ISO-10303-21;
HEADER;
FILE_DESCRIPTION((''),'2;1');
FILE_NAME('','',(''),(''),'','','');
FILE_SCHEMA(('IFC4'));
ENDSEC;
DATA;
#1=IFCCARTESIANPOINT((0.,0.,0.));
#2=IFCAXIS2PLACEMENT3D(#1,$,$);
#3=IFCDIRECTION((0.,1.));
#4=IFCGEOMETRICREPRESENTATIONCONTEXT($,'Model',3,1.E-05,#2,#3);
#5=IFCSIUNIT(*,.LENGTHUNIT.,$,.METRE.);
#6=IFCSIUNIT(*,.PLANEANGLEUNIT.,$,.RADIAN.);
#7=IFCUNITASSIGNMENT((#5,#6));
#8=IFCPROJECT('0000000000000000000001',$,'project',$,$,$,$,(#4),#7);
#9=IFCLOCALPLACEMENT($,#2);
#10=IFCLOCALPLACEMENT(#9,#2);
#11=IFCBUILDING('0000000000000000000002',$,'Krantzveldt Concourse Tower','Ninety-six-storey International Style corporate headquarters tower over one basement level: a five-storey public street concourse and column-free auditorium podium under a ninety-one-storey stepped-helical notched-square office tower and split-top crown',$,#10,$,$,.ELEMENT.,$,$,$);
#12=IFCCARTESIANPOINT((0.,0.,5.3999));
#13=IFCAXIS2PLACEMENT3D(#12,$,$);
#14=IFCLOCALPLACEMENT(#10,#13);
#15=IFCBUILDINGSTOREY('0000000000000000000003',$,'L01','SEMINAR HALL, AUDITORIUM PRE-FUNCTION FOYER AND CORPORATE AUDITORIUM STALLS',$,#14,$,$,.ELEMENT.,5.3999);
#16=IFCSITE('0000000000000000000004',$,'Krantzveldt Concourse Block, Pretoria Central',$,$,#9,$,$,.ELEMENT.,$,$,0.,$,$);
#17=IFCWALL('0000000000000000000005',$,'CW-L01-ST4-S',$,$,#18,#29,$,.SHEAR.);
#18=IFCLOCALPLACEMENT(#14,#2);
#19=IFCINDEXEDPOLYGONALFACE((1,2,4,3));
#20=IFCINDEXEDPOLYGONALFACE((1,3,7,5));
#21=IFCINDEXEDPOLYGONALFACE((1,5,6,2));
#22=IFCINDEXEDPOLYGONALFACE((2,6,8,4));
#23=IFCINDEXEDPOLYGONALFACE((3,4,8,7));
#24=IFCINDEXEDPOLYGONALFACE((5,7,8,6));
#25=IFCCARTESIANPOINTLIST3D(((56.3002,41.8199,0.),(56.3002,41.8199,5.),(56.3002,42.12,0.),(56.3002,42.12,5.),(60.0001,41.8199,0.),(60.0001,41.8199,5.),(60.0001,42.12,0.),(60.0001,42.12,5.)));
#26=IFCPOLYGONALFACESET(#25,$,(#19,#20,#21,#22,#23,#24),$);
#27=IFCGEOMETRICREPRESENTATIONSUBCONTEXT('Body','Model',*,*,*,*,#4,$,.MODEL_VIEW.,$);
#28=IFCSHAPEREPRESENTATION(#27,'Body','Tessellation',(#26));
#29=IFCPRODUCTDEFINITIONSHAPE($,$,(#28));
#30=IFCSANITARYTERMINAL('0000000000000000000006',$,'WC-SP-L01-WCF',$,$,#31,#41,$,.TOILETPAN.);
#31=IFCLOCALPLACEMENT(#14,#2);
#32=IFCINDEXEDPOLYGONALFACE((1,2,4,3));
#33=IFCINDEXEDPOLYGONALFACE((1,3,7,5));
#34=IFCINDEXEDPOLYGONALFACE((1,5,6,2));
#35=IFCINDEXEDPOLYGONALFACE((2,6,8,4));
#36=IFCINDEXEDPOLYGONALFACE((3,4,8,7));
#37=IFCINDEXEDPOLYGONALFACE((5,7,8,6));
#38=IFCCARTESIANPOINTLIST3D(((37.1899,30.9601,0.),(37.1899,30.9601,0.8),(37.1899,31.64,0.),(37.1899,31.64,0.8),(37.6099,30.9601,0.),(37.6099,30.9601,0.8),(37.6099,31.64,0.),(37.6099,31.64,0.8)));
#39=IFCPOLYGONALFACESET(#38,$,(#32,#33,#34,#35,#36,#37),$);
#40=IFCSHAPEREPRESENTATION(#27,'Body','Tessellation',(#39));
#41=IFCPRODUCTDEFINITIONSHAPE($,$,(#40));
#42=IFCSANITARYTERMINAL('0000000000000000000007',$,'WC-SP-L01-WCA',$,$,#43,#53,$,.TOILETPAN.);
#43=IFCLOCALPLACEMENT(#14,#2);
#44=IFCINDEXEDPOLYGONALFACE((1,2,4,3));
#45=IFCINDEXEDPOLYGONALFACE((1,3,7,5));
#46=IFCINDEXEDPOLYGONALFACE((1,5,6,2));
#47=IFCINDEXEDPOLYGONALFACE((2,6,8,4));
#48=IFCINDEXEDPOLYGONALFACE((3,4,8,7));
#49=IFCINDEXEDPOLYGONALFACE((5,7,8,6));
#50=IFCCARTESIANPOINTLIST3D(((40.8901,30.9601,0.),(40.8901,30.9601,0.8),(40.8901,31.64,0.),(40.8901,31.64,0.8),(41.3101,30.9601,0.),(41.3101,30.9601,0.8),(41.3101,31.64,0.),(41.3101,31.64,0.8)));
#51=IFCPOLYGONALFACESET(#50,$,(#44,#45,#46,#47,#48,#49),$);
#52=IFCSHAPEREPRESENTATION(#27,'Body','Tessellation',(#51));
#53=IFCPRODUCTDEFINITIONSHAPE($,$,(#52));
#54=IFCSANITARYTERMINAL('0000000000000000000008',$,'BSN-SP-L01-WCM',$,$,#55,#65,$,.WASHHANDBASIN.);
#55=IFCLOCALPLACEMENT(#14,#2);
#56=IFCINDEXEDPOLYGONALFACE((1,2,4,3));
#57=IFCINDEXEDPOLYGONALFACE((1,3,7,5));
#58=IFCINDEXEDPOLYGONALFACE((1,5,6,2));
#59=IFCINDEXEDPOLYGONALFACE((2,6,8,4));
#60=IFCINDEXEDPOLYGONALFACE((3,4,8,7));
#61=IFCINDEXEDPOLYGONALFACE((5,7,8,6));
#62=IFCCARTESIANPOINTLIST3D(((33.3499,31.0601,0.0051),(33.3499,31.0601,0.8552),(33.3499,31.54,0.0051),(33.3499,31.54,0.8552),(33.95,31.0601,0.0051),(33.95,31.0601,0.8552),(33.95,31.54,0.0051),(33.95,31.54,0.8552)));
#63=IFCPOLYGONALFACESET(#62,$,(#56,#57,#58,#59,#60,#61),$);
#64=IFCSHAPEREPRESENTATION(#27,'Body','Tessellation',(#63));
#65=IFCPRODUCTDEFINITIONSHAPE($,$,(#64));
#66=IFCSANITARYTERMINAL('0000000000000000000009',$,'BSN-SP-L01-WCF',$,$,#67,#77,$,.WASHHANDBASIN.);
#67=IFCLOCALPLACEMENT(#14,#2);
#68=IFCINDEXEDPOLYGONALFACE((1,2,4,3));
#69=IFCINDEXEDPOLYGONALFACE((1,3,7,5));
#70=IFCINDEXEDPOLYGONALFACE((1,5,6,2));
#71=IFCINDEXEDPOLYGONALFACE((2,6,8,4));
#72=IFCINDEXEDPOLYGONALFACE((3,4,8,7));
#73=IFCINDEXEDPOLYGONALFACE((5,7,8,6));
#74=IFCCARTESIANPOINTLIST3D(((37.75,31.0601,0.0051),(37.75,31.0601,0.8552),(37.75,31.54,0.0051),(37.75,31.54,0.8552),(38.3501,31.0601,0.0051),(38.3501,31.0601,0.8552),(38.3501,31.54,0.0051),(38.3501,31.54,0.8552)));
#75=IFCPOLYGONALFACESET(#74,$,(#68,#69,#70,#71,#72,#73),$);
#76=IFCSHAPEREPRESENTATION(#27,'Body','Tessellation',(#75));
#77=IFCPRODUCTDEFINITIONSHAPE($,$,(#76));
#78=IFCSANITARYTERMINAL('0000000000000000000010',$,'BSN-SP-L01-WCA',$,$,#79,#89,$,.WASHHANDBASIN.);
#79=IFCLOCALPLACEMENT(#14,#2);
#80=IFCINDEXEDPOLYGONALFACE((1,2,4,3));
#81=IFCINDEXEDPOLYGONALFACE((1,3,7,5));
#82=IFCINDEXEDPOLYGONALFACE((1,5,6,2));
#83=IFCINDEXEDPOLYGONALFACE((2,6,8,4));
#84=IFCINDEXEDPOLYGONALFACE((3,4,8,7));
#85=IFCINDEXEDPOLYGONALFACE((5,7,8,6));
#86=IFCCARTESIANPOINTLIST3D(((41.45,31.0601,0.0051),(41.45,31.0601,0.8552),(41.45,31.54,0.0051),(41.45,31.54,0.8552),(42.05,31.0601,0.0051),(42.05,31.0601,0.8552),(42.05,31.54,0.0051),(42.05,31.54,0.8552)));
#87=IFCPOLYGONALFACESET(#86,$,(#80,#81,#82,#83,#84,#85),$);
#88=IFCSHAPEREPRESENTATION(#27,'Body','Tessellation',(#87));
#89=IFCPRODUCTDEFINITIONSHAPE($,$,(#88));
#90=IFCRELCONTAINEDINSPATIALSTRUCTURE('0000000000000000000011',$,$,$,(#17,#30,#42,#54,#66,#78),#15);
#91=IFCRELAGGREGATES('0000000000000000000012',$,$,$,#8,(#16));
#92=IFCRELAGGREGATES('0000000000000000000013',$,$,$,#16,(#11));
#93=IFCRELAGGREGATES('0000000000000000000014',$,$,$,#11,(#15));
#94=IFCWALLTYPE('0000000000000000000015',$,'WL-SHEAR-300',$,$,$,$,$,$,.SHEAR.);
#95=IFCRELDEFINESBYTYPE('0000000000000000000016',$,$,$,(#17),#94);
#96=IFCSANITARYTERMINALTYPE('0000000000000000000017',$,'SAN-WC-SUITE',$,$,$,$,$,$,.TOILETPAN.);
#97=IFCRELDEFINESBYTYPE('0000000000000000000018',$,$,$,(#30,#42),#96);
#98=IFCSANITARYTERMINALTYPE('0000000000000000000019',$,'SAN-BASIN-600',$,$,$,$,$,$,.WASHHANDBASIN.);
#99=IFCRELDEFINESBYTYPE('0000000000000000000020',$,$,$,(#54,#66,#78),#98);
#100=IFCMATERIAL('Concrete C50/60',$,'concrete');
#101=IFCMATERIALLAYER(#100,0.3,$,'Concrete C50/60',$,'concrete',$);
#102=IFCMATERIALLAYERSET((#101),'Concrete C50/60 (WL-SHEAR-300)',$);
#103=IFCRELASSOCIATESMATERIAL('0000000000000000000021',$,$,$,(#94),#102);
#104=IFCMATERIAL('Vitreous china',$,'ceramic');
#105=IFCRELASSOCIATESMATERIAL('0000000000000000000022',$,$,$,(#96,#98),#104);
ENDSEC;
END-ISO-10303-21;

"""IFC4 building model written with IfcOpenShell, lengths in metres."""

from ifc_helpers import new_model, si_unit, direction, frame, frame_2d, origin, origin_2d, place, context, subcontext, project, spatial, rectangle, extrude, source, transform, mapped, material, layer, layer_set, type_object, type_shapes, element, save


model = new_model("IFC4")

# Units and contexts
model_context = context("Model", 3, precision=1e-05, world=origin(), true_north=direction((0.0, 1.0)))
body_context = subcontext(model_context, "Body", "Model", "MODEL_VIEW")
ifc_project = project(units=[si_unit("LENGTHUNIT", "METRE"), si_unit("PLANEANGLEUNIT", "RADIAN")], contexts=[model_context])

# Site, building, storey
site_placement = place(None, origin())
site = spatial("IfcSite", under=ifc_project, at=site_placement, Name="Krantzveldt Concourse Block, Pretoria Central", CompositionType="ELEMENT", RefElevation=0.0)
building_placement = place(site_placement, origin())
building = spatial("IfcBuilding", under=site, at=building_placement, Name="Krantzveldt Concourse Tower", Description="Ninety-six-storey International Style corporate headquarters tower over one basement level: a five-storey public street concourse and column-free auditorium podium under a ninety-one-storey stepped-helical notched-square office tower and split-top crown", CompositionType="ELEMENT")
storey_placement = place(building_placement, frame((0.0, 0.0, 5.3999)))
storey = spatial("IfcBuildingStorey", under=building, at=storey_placement, Name="L01", Description="SEMINAR HALL, AUDITORIUM PRE-FUNCTION FOYER AND CORPORATE AUDITORIUM STALLS", CompositionType="ELEMENT", Elevation=5.3999)

# Shared definitions
ifc_material_1 = material(Name="Concrete C50/60", Category="concrete")

# Wall
ifc_layer_1 = layer(ifc_material_1, 0.3, Name="Concrete C50/60", Category="concrete")
ifc_layer_set_1 = layer_set([ifc_layer_1], Name="Concrete C50/60 (WL-SHEAR-300)")
wall_type_1 = type_object("IfcWallType", Name="WL-SHEAR-300", PredefinedType="SHEAR", material=ifc_layer_set_1)
wall_1_placement = place(storey_placement, frame((56.3, 41.97, 0.0), z_axis=(0.0, 0.0, 1.0), x_axis=(1.0, 0.0, 0.0)))
element("IfcWall", 1, at=wall_1_placement, inside=storey, type_object=wall_type_1, Name="CW-L01-ST4-S", PredefinedType="SHEAR", context=body_context, shape_type="SweptSolid", body=[
    extrude(rectangle(XDim=3.7, YDim=0.3, at=frame_2d((1.8501, 0.0))), origin(), (0.0, 0.0, 1.0), 5.0),
])

# Sanitary terminals
ifc_material_2 = material(Name="Vitreous china", Category="ceramic")
sanitary_terminal_type_1 = type_object("IfcSanitaryTerminalType", Name="SAN-WC-SUITE", PredefinedType="TOILETPAN", material=ifc_material_2)
shared_shape_1 = source(origin(), body_context, "Body", "SweptSolid", [
    extrude(rectangle(XDim=0.4199, YDim=0.6799, at=origin_2d()), origin(), (0.0, 0.0, 1.0), 0.8),
])
type_shapes(sanitary_terminal_type_1, [shared_shape_1])
for number, where, z_axis, x_axis, name in (
    (2, (37.3999, 31.3, 0.0), (0.0, 0.0, 1.0), (1.0, 0.0, 0.0), "WC-SP-L01-WCF"),
    (3, (41.1001, 31.3, 0.0), (0.0, 0.0, 1.0), (1.0, 0.0, 0.0), "WC-SP-L01-WCA"),
):
    element("IfcSanitaryTerminal", number, at=place(storey_placement, frame(where, z_axis=z_axis, x_axis=x_axis)), inside=storey, type_object=sanitary_terminal_type_1, Name=name, PredefinedType="TOILETPAN", context=body_context, shape_type="MappedRepresentation", body=[
        mapped(shared_shape_1, transform((0.0, 0.0, 0.0), x_axis=(1.0, 0.0, 0.0), y_axis=(0.0, 1.0, 0.0), z_axis=(0.0, 0.0, 1.0), scale=1.0)),
    ])
sanitary_terminal_type_2 = type_object("IfcSanitaryTerminalType", Name="SAN-BASIN-600", PredefinedType="WASHHANDBASIN", material=ifc_material_2)
shared_shape_2 = source(origin(), body_context, "Body", "SweptSolid", [
    extrude(rectangle(XDim=0.6001, YDim=0.48, at=origin_2d()), origin(), (0.0, 0.0, 1.0), 0.8501),
])
type_shapes(sanitary_terminal_type_2, [shared_shape_2])
for number, where, z_axis, x_axis, name in (
    (4, (33.6499, 31.3, 0.0051), (0.0, 0.0, 1.0), (1.0, 0.0, 0.0), "BSN-SP-L01-WCM"),
    (5, (38.05, 31.3, 0.0051), (0.0, 0.0, 1.0), (1.0, 0.0, 0.0), "BSN-SP-L01-WCF"),
    (6, (41.75, 31.3, 0.0051), (0.0, 0.0, 1.0), (1.0, 0.0, 0.0), "BSN-SP-L01-WCA"),
):
    element("IfcSanitaryTerminal", number, at=place(storey_placement, frame(where, z_axis=z_axis, x_axis=x_axis)), inside=storey, type_object=sanitary_terminal_type_2, Name=name, PredefinedType="WASHHANDBASIN", context=body_context, shape_type="MappedRepresentation", body=[
        mapped(shared_shape_2, transform((0.0, 0.0, 0.0), x_axis=(1.0, 0.0, 0.0), y_axis=(0.0, 1.0, 0.0), z_axis=(0.0, 0.0, 1.0), scale=1.0)),
    ])

save(model, "model.ifc")
